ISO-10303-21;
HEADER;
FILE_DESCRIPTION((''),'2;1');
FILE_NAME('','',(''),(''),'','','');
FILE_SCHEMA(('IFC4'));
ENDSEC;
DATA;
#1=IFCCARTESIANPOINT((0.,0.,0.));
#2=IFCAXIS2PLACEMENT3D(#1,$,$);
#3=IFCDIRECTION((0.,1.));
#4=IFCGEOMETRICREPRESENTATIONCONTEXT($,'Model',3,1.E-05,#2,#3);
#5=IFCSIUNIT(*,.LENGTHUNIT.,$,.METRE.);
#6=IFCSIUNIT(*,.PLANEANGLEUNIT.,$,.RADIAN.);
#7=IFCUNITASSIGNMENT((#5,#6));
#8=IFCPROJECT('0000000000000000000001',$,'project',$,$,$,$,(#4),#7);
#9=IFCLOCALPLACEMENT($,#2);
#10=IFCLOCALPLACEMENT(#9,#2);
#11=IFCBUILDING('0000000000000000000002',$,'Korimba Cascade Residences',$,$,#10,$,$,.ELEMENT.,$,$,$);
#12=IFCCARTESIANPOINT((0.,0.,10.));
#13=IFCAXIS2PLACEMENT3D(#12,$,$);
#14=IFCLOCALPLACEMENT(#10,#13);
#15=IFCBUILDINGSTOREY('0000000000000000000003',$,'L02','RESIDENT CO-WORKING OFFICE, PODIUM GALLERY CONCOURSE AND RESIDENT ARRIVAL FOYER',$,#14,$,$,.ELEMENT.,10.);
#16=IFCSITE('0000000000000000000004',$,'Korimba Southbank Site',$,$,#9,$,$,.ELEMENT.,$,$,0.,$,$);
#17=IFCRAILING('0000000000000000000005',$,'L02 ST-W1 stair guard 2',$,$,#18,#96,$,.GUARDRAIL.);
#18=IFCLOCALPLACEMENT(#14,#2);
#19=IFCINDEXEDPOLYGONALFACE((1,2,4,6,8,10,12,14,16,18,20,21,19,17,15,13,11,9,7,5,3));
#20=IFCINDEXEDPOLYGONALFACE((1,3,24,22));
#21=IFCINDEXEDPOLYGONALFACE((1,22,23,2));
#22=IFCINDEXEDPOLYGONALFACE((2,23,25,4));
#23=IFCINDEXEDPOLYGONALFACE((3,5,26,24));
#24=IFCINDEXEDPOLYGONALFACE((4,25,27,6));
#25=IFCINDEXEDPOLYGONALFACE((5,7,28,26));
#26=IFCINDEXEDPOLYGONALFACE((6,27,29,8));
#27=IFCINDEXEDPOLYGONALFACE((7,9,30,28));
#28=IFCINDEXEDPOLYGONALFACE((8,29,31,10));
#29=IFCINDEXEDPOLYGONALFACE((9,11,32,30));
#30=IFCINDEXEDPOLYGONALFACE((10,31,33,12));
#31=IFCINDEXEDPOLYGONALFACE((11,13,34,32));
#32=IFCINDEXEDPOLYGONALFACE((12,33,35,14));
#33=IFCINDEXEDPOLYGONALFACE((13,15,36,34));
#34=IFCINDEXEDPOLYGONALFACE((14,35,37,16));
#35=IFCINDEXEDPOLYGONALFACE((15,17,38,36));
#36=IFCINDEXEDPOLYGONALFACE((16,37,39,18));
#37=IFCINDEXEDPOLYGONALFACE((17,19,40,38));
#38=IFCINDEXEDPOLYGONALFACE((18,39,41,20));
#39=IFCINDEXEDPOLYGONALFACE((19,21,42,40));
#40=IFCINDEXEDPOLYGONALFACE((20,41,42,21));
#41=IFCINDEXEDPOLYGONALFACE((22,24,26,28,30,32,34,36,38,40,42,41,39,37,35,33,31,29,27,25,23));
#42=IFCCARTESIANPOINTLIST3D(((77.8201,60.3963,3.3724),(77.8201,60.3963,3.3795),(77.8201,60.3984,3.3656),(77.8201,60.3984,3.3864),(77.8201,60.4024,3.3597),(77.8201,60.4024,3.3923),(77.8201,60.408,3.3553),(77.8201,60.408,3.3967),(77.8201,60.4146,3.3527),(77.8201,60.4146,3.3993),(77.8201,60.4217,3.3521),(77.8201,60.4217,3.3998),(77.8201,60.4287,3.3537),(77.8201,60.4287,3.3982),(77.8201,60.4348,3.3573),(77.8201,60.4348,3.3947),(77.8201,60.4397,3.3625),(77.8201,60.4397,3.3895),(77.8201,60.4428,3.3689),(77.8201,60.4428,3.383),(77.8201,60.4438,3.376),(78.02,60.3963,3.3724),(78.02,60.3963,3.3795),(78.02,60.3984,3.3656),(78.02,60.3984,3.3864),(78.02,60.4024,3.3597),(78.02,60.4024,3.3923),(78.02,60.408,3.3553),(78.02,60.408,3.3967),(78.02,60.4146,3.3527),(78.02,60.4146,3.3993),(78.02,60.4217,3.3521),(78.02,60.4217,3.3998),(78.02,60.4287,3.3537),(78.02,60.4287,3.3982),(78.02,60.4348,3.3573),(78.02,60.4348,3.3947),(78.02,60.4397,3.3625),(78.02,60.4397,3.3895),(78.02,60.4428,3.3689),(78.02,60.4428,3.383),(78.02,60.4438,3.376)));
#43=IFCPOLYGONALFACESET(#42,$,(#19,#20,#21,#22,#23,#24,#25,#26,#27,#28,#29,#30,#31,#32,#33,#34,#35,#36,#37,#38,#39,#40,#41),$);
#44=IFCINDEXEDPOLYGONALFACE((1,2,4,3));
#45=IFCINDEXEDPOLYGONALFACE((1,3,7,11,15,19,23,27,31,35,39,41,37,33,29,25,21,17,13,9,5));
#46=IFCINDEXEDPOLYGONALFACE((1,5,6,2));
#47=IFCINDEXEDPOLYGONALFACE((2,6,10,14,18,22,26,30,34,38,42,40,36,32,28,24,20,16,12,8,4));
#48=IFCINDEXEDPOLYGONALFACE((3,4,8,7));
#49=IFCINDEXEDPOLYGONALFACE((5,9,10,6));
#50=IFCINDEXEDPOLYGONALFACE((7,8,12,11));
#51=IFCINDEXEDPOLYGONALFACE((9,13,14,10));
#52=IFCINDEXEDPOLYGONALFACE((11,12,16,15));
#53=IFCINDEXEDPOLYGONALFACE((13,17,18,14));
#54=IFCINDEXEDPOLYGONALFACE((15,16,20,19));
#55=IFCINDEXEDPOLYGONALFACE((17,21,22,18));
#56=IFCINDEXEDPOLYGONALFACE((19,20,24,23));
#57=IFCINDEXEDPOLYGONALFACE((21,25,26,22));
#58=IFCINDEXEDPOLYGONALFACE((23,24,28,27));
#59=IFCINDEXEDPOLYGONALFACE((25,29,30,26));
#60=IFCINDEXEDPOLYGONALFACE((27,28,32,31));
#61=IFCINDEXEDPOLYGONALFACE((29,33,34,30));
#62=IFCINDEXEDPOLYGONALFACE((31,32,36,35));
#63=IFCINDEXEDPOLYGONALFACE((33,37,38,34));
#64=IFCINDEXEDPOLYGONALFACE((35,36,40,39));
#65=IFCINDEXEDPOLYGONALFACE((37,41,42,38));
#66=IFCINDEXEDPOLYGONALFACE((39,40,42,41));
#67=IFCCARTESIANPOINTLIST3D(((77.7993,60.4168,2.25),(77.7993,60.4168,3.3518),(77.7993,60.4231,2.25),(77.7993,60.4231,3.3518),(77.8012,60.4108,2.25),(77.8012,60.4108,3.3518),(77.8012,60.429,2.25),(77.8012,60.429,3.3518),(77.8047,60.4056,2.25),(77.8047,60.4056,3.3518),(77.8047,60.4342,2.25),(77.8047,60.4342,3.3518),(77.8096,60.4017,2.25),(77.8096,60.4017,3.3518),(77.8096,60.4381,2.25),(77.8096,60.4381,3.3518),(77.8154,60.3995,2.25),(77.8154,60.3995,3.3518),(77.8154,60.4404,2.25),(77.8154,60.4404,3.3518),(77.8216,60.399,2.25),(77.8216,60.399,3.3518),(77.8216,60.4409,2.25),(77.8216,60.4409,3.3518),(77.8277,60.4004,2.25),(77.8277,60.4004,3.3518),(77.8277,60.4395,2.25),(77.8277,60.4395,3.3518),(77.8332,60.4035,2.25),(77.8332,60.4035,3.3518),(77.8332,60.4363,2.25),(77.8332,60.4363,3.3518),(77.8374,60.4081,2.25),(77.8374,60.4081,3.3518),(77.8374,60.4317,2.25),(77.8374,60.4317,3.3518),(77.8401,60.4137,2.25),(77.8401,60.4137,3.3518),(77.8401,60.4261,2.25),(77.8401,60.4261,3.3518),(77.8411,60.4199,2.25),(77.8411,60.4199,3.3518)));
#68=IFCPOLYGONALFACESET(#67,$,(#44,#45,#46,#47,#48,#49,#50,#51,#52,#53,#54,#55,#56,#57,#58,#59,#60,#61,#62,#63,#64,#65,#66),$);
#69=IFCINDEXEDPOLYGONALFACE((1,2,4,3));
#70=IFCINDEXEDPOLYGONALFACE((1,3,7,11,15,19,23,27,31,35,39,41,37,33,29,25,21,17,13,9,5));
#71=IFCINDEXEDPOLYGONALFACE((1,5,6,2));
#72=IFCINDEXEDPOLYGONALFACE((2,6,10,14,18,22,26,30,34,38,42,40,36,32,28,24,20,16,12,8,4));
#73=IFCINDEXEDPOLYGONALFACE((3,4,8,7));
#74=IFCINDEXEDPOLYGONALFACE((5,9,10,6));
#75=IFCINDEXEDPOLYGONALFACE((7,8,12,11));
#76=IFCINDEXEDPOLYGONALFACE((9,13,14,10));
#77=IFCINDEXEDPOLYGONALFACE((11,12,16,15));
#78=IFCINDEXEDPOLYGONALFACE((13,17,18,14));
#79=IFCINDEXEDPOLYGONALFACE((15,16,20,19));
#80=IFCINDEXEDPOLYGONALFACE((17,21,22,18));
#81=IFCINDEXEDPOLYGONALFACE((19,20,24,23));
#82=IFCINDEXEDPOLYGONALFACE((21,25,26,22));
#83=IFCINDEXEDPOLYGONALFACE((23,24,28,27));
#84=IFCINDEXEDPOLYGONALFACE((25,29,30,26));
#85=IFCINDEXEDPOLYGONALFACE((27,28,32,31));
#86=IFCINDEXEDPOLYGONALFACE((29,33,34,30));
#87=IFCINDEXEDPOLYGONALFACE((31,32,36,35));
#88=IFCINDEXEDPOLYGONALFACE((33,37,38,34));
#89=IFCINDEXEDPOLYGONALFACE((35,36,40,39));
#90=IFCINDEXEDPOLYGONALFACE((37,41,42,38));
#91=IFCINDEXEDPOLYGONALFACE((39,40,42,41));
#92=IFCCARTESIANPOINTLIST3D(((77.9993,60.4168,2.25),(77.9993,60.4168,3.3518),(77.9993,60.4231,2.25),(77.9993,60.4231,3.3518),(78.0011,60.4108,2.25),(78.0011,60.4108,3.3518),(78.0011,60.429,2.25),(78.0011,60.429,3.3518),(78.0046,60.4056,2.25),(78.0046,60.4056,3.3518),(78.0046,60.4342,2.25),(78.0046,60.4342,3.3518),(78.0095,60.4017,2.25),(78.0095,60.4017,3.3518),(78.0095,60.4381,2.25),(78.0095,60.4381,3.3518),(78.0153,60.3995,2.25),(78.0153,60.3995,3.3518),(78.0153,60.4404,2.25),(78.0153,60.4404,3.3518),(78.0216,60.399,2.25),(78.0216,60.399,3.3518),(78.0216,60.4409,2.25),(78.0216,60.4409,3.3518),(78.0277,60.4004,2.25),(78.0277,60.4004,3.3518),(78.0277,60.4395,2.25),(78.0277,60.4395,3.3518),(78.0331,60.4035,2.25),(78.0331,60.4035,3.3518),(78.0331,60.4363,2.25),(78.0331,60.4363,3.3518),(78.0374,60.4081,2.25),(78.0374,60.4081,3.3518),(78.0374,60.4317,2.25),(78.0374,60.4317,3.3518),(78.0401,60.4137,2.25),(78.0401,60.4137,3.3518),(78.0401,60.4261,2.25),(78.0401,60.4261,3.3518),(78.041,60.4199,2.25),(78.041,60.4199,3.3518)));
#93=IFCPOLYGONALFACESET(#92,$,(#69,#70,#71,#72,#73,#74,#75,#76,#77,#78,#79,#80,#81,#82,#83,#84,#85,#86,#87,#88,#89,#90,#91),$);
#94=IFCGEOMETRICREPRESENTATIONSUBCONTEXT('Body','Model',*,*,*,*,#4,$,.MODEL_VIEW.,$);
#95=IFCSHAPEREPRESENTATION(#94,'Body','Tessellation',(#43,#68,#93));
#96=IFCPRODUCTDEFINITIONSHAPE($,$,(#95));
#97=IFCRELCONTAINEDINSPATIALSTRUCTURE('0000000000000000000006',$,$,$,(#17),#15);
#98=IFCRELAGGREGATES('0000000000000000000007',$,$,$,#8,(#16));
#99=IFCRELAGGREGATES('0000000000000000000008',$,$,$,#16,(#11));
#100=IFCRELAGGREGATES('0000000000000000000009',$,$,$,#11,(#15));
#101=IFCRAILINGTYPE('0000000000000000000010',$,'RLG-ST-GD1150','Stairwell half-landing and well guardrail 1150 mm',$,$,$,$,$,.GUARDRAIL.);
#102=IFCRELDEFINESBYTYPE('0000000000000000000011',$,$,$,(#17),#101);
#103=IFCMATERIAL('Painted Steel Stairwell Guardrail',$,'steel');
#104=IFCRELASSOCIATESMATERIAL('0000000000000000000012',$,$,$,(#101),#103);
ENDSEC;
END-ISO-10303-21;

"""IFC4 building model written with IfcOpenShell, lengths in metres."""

from ifc_helpers import new_model, si_unit, direction, frame, origin, origin_2d, place, context, subcontext, project, spatial, circle, extrude, material, type_object, element, save


model = new_model("IFC4")

# Units and contexts
model_context = context("Model", 3, precision=1e-05, world=origin(), true_north=direction((0.0, 1.0)))
body_context = subcontext(model_context, "Body", "Model", "MODEL_VIEW")
ifc_project = project(units=[si_unit("LENGTHUNIT", "METRE"), si_unit("PLANEANGLEUNIT", "RADIAN")], contexts=[model_context])

# Site, building, storey
site_placement = place(None, origin())
site = spatial("IfcSite", under=ifc_project, at=site_placement, Name="Korimba Southbank Site", CompositionType="ELEMENT", RefElevation=0.0)
building_placement = place(site_placement, origin())
building = spatial("IfcBuilding", under=site, at=building_placement, Name="Korimba Cascade Residences", CompositionType="ELEMENT")
storey_placement = place(building_placement, frame((0.0, 0.0, 10.0)))
storey = spatial("IfcBuildingStorey", under=building, at=storey_placement, Name="L02", Description="RESIDENT CO-WORKING OFFICE, PODIUM GALLERY CONCOURSE AND RESIDENT ARRIVAL FOYER", CompositionType="ELEMENT", Elevation=10.0)

# Railing
ifc_material_1 = material(Name="Painted Steel Stairwell Guardrail", Category="steel")
railing_type_1 = type_object("IfcRailingType", Name="RLG-ST-GD1150", Description="Stairwell half-landing and well guardrail 1150 mm", PredefinedType="GUARDRAIL", material=ifc_material_1)
railing_1_placement = place(storey_placement, frame((77.8201, 60.4199, 2.25)))
element("IfcRailing", 1, at=railing_1_placement, inside=storey, type_object=railing_type_1, Name="L02 ST-W1 stair guard 2", PredefinedType="GUARDRAIL", context=body_context, shape_type="SweptSolid", body=[
    extrude(circle(Radius=0.0239, at=origin_2d()), frame((0.0, 0.0, 1.126), z_axis=(1.0, 0.0, 0.0), x_axis=(0.0, 1.0, 0.0)), (0.0, 0.0, 1.0), 0.2),
    extrude(circle(Radius=0.021, at=origin_2d()), origin(), (0.0, 0.0, 1.0), 1.1018),
    extrude(circle(Radius=0.021, at=origin_2d()), frame((0.2, 0.0, 0.0)), (0.0, 0.0, 1.0), 1.1018),
])

save(model, "model.ifc")
